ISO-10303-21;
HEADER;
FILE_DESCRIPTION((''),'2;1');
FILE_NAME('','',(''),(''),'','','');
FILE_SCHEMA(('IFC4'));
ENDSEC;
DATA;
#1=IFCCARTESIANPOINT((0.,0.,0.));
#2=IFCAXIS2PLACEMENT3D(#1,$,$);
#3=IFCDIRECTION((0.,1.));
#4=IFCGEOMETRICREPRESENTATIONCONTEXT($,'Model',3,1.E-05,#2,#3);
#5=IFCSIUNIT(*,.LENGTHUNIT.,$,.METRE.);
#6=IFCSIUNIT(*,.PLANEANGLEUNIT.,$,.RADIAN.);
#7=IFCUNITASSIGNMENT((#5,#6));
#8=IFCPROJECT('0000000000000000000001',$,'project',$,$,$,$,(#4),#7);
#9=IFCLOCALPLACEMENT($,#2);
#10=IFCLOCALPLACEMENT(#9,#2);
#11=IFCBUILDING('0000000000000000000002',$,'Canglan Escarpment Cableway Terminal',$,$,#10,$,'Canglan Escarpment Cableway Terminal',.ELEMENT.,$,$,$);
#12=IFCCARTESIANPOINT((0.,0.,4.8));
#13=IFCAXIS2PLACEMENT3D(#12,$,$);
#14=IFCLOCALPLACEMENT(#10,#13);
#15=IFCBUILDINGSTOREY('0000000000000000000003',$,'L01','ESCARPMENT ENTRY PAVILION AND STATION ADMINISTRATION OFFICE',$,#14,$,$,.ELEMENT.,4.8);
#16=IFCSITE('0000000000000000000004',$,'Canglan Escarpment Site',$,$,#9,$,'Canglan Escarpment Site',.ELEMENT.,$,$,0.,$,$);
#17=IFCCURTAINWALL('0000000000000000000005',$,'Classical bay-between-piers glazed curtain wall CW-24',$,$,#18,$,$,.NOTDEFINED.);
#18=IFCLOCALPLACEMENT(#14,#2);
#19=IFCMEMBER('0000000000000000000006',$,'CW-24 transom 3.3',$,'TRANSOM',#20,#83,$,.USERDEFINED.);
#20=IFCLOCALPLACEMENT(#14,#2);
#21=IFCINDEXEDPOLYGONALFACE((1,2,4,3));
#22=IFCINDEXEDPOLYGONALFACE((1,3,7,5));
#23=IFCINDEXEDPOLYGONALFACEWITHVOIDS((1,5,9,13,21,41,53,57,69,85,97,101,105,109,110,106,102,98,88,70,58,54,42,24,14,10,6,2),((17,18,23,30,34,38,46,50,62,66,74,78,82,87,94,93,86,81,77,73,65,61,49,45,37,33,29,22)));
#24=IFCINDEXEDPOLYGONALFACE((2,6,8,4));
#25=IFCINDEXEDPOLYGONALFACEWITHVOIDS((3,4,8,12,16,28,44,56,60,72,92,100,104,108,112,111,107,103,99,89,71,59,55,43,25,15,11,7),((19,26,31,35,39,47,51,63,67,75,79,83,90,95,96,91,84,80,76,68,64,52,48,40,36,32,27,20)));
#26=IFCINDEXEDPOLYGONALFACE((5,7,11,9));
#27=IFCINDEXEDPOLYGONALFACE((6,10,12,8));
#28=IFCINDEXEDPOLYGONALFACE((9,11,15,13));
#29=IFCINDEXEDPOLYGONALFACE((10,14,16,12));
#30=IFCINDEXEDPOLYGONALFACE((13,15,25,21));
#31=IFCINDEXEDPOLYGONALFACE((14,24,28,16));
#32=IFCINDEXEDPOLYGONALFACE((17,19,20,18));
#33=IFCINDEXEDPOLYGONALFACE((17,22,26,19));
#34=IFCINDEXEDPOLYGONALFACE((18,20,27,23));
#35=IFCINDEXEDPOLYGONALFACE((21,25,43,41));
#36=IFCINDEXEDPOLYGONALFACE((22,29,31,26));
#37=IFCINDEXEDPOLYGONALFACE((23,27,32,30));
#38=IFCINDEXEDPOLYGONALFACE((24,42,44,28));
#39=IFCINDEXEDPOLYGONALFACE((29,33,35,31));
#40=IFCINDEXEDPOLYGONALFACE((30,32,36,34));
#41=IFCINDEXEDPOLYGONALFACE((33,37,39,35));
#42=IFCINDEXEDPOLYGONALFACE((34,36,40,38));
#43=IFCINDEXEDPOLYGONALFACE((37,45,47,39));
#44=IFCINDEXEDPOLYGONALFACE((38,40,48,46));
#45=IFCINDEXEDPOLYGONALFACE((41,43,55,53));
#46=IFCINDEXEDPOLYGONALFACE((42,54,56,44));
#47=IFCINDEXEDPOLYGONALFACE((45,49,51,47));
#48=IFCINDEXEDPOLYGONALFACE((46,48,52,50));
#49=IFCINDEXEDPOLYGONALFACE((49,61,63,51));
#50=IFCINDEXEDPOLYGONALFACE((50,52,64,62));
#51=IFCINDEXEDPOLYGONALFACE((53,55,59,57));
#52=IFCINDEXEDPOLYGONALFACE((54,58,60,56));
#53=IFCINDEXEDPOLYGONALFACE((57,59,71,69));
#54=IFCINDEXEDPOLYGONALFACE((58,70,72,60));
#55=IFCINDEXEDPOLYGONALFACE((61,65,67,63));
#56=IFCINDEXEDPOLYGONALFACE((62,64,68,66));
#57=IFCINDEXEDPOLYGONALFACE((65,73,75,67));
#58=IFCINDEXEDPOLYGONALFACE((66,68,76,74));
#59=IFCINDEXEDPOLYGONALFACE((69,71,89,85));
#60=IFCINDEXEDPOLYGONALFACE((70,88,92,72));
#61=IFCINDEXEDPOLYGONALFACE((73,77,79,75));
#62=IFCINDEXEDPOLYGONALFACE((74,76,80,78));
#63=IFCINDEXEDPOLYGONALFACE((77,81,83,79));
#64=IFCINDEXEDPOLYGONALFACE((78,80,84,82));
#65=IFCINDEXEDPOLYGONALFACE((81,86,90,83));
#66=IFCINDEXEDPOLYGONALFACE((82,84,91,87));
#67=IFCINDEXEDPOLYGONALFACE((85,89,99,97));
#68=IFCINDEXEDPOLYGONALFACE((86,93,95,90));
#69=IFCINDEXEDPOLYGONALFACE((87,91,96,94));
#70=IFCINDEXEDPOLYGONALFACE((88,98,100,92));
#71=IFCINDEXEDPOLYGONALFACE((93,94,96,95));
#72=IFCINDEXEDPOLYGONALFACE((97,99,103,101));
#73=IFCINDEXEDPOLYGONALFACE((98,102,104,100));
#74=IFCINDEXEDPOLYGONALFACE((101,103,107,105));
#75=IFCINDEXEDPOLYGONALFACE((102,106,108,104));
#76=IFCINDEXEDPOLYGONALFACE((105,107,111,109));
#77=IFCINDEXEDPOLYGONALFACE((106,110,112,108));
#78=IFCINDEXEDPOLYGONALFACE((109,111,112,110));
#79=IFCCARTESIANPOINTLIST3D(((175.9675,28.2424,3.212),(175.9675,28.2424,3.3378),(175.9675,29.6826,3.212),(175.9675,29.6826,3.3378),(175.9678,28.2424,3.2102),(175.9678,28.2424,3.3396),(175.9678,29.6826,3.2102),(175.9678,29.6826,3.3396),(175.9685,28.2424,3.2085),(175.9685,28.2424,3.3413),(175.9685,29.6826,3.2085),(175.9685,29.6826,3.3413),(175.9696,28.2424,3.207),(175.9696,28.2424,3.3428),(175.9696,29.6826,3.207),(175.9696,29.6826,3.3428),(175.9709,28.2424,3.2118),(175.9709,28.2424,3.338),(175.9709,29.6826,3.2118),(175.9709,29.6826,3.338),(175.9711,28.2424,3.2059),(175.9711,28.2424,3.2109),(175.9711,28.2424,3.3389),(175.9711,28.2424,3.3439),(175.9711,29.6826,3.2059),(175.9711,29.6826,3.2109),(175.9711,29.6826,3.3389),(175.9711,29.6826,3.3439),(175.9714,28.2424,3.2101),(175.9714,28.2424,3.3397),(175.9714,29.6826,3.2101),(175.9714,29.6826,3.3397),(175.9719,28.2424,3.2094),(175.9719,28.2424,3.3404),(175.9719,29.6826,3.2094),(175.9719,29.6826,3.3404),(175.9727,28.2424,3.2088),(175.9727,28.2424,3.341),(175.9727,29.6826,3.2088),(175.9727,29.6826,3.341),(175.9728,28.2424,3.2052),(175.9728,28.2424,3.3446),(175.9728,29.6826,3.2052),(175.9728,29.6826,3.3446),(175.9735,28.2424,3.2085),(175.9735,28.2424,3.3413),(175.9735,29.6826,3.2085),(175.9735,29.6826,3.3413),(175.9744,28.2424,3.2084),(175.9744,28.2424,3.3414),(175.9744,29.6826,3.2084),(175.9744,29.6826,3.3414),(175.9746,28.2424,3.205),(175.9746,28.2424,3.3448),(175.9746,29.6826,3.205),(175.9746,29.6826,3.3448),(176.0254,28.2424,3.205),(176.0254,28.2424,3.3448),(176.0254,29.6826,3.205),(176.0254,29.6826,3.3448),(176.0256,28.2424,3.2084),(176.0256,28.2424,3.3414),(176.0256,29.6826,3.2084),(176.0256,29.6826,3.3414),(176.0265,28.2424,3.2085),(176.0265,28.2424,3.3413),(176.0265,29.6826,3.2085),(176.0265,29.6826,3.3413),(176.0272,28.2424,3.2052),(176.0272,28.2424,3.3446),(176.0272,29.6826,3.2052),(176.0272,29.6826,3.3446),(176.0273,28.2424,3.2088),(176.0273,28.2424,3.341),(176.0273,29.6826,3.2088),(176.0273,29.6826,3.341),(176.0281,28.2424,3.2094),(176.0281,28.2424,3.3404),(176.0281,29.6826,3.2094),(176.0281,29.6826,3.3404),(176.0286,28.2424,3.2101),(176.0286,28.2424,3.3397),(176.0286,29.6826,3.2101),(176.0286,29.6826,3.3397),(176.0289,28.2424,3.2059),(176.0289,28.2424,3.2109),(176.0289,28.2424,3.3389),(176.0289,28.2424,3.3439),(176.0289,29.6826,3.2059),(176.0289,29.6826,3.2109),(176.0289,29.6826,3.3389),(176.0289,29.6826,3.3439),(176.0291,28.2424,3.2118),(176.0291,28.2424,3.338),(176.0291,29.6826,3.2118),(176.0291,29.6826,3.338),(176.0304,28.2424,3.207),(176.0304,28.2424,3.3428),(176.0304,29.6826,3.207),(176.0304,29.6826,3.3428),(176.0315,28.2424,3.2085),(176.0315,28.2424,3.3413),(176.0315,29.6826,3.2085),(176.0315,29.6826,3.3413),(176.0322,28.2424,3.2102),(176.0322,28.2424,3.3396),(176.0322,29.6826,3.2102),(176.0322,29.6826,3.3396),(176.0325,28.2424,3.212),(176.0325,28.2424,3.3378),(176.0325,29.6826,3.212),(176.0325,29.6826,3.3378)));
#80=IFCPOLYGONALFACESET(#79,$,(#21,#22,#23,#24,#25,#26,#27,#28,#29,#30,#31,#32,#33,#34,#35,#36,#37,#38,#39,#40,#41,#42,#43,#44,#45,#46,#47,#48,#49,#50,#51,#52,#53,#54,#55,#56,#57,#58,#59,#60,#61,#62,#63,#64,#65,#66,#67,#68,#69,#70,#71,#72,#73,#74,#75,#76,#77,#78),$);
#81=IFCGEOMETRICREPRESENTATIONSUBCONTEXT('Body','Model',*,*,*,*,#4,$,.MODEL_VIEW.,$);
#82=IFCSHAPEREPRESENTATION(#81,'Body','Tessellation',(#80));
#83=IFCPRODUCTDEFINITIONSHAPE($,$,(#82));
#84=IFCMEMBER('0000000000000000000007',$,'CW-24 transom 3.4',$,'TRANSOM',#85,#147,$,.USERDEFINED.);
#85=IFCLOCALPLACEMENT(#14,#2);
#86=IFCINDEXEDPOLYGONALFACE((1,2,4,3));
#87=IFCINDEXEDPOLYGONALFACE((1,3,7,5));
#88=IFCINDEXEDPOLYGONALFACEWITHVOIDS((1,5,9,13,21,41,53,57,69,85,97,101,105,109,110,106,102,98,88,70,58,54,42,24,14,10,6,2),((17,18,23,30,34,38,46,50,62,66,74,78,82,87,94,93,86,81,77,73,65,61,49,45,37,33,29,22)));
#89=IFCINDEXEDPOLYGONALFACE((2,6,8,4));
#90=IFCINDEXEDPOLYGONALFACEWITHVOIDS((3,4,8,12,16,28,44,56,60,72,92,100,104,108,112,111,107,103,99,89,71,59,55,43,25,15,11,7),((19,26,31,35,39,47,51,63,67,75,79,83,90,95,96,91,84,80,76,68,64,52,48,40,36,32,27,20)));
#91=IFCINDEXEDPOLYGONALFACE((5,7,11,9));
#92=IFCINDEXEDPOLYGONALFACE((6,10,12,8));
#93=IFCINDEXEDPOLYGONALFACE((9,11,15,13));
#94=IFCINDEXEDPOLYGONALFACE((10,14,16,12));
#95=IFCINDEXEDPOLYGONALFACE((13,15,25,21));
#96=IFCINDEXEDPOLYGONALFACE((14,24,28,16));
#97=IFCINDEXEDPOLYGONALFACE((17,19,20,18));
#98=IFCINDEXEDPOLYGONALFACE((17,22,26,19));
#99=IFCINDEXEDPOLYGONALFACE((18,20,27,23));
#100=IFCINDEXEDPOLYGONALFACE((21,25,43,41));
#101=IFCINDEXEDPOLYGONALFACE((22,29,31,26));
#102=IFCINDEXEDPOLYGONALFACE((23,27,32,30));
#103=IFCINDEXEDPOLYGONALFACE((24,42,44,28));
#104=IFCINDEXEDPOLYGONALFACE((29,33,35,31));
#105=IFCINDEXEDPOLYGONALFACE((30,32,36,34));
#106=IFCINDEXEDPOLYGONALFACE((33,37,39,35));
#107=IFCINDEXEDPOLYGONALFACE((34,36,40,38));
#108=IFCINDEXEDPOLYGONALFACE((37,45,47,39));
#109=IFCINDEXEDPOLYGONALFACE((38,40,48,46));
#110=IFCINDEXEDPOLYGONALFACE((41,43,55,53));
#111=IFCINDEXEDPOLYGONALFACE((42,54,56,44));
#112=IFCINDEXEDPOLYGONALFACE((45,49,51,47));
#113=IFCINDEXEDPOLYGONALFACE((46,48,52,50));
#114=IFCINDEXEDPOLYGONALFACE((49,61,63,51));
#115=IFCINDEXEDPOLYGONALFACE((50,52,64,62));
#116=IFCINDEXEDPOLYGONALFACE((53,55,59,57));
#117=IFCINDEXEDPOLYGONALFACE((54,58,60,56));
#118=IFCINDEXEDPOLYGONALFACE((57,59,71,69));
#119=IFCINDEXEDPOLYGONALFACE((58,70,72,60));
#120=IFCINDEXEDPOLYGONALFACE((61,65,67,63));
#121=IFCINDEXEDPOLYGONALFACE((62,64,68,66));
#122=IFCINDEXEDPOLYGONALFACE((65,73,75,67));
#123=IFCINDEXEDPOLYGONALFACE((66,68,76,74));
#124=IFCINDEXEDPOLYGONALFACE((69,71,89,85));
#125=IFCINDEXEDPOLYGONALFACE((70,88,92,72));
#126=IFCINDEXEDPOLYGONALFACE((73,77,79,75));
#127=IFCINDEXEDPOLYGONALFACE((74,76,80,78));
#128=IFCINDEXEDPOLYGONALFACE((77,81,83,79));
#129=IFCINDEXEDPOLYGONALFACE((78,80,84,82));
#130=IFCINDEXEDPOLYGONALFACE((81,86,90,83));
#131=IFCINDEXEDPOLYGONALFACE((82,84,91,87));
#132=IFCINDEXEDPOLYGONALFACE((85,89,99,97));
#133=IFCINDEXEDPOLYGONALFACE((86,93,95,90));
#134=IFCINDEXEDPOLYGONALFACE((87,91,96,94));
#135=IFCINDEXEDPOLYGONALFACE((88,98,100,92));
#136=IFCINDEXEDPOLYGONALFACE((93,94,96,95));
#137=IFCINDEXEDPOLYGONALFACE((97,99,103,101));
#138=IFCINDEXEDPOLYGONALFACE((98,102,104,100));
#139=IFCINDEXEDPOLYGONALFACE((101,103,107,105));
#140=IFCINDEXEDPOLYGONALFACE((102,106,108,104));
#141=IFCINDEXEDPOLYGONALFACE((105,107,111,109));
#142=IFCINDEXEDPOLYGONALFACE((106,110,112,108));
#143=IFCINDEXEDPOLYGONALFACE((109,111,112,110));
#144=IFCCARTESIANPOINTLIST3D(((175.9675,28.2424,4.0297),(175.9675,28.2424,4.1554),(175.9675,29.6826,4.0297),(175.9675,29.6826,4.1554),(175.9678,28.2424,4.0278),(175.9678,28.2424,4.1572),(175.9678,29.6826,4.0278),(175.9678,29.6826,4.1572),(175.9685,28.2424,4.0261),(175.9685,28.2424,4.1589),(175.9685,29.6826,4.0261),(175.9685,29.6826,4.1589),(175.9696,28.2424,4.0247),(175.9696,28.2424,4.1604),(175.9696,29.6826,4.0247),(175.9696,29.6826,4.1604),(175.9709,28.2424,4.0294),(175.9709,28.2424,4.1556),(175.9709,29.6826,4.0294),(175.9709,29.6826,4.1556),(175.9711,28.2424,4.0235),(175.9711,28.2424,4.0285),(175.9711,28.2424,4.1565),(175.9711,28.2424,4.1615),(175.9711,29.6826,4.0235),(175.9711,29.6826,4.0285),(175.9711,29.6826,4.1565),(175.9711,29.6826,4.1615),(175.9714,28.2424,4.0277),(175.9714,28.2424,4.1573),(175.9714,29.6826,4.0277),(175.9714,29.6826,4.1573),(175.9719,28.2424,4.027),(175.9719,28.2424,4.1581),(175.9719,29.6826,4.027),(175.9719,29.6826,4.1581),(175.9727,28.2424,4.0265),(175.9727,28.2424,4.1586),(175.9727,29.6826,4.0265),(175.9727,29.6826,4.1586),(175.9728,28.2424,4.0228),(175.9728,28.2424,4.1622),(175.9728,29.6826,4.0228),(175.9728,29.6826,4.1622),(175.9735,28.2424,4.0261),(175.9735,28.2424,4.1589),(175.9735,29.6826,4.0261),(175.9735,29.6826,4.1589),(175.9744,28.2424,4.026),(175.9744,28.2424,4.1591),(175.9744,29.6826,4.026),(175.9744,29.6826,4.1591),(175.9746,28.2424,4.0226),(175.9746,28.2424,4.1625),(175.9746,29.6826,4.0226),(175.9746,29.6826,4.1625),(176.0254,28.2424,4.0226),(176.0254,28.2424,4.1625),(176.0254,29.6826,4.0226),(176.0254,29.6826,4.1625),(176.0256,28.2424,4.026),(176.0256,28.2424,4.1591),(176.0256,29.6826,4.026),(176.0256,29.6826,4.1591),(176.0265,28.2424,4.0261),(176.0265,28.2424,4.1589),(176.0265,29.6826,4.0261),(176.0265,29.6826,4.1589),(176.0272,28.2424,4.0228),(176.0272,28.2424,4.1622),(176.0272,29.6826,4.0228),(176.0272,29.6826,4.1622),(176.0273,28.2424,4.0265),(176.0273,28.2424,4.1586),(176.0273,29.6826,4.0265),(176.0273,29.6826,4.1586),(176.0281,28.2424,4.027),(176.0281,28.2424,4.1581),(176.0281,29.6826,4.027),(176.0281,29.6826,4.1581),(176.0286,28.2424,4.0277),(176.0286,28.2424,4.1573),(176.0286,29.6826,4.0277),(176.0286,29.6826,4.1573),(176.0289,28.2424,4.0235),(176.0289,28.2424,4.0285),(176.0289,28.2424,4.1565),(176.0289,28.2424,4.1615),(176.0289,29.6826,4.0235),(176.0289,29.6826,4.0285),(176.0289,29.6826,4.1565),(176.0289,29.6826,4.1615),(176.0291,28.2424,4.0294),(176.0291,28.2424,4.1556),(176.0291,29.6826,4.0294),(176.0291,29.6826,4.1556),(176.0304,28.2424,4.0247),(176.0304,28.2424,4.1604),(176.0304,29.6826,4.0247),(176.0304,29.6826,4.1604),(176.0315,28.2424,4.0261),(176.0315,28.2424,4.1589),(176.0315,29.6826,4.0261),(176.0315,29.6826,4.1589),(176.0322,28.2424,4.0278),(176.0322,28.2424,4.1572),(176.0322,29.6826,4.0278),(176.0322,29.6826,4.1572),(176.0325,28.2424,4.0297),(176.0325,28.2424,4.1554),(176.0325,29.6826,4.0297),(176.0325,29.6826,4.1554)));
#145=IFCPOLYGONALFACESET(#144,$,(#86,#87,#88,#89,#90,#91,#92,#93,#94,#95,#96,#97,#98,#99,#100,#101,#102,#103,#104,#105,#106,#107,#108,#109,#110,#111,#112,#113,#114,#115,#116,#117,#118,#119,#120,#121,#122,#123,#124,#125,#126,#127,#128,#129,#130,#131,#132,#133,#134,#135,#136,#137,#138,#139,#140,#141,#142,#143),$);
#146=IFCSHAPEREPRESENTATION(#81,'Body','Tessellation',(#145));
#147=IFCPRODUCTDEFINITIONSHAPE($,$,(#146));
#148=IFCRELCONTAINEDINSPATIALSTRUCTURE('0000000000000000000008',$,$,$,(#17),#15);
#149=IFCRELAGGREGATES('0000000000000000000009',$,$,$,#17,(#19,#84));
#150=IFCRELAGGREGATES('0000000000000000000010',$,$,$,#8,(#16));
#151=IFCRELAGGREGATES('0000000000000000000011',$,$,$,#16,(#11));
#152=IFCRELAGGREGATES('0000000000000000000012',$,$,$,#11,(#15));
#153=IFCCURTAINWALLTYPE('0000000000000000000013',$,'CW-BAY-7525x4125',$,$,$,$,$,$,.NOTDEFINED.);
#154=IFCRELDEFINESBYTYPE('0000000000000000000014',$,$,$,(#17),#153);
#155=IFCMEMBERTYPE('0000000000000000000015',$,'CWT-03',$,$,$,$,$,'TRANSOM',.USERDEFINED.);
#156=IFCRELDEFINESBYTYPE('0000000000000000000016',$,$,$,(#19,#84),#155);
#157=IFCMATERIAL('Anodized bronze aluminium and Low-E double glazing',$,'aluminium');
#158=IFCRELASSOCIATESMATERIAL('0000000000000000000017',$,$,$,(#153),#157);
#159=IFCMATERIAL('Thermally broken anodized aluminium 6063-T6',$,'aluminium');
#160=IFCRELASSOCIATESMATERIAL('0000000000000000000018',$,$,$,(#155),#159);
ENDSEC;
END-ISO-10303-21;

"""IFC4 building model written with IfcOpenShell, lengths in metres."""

from ifc_helpers import new_model, si_unit, direction, frame, origin, origin_2d, place, context, subcontext, project, spatial, hollow_rectangle, extrude, material, material_profile, profile_set, type_object, element, aggregate, save


model = new_model("IFC4")

# Units and contexts
model_context = context("Model", 3, precision=1e-05, world=origin(), true_north=direction((0.0, 1.0)))
body_context = subcontext(model_context, "Body", "Model", "MODEL_VIEW")
ifc_project = project(units=[si_unit("LENGTHUNIT", "METRE"), si_unit("PLANEANGLEUNIT", "RADIAN")], contexts=[model_context])

# Site, building, storey
site_placement = place(None, origin())
site = spatial("IfcSite", under=ifc_project, at=site_placement, Name="Canglan Escarpment Site", LongName="Canglan Escarpment Site", CompositionType="ELEMENT", RefElevation=0.0)
building_placement = place(site_placement, origin())
building = spatial("IfcBuilding", under=site, at=building_placement, Name="Canglan Escarpment Cableway Terminal", LongName="Canglan Escarpment Cableway Terminal", CompositionType="ELEMENT")
storey_placement = place(building_placement, frame((0.0, 0.0, 4.8)))
storey = spatial("IfcBuildingStorey", under=building, at=storey_placement, Name="L01", Description="ESCARPMENT ENTRY PAVILION AND STATION ADMINISTRATION OFFICE", CompositionType="ELEMENT", Elevation=4.8)

# Curtain wall, members
ifc_material_1 = material(Name="Anodized bronze aluminium and Low-E double glazing", Category="aluminium")
curtain_wall_type = type_object("IfcCurtainWallType", Name="CW-BAY-7525x4125", PredefinedType="NOTDEFINED", material=ifc_material_1)
curtain_wall_placement = place(storey_placement, origin())
curtain_wall = element("IfcCurtainWall", 1, at=curtain_wall_placement, inside=storey, type_object=curtain_wall_type, Name="Classical bay-between-piers glazed curtain wall CW-24", PredefinedType="NOTDEFINED")
ifc_material_2 = material(Name="Thermally broken anodized aluminium 6063-T6", Category="aluminium")
ifc_material_profile = material_profile(ifc_material_2, hollow_rectangle(XDim=0.0649, YDim=0.1399, WallThickness=0.0034, InnerFilletRadius=0.0034, OuterFilletRadius=0.0071, at=origin_2d()), Name="ALU-TRAN 65x140x3.5")
ifc_profile_set = profile_set([ifc_material_profile], Name="Thermally broken anodized aluminium 6063-T6")
member_type = type_object("IfcMemberType", Name="CWT-03", ElementType="TRANSOM", PredefinedType="USERDEFINED", material=ifc_profile_set)
member_1_placement = place(storey_placement, frame((176.0, 28.2424, 3.2749), z_axis=(0.0, 1.0, 0.0), x_axis=(-1.0, 0.0, 0.0)))
member_1 = element("IfcMember", 2, at=member_1_placement, type_object=member_type, Name="CW-24 transom 3.3", ObjectType="TRANSOM", PredefinedType="USERDEFINED", context=body_context, shape_type="SweptSolid", body=[
    extrude(hollow_rectangle(XDim=0.0649, YDim=0.1399, WallThickness=0.0034, InnerFilletRadius=0.0034, OuterFilletRadius=0.0071, at=origin_2d()), origin(), (0.0, 0.0, 1.0), 1.4402),
])
member_2_placement = place(storey_placement, frame((176.0, 28.2424, 4.0925), z_axis=(0.0, 1.0, 0.0), x_axis=(-1.0, 0.0, 0.0)))
member_2 = element("IfcMember", 3, at=member_2_placement, type_object=member_type, Name="CW-24 transom 3.4", ObjectType="TRANSOM", PredefinedType="USERDEFINED", context=body_context, shape_type="SweptSolid", body=[
    extrude(hollow_rectangle(XDim=0.0649, YDim=0.1399, WallThickness=0.0034, InnerFilletRadius=0.0034, OuterFilletRadius=0.0071, at=origin_2d()), origin(), (0.0, 0.0, 1.0), 1.4402),
])
aggregate(curtain_wall, [member_1, member_2])

save(model, "model.ifc")
